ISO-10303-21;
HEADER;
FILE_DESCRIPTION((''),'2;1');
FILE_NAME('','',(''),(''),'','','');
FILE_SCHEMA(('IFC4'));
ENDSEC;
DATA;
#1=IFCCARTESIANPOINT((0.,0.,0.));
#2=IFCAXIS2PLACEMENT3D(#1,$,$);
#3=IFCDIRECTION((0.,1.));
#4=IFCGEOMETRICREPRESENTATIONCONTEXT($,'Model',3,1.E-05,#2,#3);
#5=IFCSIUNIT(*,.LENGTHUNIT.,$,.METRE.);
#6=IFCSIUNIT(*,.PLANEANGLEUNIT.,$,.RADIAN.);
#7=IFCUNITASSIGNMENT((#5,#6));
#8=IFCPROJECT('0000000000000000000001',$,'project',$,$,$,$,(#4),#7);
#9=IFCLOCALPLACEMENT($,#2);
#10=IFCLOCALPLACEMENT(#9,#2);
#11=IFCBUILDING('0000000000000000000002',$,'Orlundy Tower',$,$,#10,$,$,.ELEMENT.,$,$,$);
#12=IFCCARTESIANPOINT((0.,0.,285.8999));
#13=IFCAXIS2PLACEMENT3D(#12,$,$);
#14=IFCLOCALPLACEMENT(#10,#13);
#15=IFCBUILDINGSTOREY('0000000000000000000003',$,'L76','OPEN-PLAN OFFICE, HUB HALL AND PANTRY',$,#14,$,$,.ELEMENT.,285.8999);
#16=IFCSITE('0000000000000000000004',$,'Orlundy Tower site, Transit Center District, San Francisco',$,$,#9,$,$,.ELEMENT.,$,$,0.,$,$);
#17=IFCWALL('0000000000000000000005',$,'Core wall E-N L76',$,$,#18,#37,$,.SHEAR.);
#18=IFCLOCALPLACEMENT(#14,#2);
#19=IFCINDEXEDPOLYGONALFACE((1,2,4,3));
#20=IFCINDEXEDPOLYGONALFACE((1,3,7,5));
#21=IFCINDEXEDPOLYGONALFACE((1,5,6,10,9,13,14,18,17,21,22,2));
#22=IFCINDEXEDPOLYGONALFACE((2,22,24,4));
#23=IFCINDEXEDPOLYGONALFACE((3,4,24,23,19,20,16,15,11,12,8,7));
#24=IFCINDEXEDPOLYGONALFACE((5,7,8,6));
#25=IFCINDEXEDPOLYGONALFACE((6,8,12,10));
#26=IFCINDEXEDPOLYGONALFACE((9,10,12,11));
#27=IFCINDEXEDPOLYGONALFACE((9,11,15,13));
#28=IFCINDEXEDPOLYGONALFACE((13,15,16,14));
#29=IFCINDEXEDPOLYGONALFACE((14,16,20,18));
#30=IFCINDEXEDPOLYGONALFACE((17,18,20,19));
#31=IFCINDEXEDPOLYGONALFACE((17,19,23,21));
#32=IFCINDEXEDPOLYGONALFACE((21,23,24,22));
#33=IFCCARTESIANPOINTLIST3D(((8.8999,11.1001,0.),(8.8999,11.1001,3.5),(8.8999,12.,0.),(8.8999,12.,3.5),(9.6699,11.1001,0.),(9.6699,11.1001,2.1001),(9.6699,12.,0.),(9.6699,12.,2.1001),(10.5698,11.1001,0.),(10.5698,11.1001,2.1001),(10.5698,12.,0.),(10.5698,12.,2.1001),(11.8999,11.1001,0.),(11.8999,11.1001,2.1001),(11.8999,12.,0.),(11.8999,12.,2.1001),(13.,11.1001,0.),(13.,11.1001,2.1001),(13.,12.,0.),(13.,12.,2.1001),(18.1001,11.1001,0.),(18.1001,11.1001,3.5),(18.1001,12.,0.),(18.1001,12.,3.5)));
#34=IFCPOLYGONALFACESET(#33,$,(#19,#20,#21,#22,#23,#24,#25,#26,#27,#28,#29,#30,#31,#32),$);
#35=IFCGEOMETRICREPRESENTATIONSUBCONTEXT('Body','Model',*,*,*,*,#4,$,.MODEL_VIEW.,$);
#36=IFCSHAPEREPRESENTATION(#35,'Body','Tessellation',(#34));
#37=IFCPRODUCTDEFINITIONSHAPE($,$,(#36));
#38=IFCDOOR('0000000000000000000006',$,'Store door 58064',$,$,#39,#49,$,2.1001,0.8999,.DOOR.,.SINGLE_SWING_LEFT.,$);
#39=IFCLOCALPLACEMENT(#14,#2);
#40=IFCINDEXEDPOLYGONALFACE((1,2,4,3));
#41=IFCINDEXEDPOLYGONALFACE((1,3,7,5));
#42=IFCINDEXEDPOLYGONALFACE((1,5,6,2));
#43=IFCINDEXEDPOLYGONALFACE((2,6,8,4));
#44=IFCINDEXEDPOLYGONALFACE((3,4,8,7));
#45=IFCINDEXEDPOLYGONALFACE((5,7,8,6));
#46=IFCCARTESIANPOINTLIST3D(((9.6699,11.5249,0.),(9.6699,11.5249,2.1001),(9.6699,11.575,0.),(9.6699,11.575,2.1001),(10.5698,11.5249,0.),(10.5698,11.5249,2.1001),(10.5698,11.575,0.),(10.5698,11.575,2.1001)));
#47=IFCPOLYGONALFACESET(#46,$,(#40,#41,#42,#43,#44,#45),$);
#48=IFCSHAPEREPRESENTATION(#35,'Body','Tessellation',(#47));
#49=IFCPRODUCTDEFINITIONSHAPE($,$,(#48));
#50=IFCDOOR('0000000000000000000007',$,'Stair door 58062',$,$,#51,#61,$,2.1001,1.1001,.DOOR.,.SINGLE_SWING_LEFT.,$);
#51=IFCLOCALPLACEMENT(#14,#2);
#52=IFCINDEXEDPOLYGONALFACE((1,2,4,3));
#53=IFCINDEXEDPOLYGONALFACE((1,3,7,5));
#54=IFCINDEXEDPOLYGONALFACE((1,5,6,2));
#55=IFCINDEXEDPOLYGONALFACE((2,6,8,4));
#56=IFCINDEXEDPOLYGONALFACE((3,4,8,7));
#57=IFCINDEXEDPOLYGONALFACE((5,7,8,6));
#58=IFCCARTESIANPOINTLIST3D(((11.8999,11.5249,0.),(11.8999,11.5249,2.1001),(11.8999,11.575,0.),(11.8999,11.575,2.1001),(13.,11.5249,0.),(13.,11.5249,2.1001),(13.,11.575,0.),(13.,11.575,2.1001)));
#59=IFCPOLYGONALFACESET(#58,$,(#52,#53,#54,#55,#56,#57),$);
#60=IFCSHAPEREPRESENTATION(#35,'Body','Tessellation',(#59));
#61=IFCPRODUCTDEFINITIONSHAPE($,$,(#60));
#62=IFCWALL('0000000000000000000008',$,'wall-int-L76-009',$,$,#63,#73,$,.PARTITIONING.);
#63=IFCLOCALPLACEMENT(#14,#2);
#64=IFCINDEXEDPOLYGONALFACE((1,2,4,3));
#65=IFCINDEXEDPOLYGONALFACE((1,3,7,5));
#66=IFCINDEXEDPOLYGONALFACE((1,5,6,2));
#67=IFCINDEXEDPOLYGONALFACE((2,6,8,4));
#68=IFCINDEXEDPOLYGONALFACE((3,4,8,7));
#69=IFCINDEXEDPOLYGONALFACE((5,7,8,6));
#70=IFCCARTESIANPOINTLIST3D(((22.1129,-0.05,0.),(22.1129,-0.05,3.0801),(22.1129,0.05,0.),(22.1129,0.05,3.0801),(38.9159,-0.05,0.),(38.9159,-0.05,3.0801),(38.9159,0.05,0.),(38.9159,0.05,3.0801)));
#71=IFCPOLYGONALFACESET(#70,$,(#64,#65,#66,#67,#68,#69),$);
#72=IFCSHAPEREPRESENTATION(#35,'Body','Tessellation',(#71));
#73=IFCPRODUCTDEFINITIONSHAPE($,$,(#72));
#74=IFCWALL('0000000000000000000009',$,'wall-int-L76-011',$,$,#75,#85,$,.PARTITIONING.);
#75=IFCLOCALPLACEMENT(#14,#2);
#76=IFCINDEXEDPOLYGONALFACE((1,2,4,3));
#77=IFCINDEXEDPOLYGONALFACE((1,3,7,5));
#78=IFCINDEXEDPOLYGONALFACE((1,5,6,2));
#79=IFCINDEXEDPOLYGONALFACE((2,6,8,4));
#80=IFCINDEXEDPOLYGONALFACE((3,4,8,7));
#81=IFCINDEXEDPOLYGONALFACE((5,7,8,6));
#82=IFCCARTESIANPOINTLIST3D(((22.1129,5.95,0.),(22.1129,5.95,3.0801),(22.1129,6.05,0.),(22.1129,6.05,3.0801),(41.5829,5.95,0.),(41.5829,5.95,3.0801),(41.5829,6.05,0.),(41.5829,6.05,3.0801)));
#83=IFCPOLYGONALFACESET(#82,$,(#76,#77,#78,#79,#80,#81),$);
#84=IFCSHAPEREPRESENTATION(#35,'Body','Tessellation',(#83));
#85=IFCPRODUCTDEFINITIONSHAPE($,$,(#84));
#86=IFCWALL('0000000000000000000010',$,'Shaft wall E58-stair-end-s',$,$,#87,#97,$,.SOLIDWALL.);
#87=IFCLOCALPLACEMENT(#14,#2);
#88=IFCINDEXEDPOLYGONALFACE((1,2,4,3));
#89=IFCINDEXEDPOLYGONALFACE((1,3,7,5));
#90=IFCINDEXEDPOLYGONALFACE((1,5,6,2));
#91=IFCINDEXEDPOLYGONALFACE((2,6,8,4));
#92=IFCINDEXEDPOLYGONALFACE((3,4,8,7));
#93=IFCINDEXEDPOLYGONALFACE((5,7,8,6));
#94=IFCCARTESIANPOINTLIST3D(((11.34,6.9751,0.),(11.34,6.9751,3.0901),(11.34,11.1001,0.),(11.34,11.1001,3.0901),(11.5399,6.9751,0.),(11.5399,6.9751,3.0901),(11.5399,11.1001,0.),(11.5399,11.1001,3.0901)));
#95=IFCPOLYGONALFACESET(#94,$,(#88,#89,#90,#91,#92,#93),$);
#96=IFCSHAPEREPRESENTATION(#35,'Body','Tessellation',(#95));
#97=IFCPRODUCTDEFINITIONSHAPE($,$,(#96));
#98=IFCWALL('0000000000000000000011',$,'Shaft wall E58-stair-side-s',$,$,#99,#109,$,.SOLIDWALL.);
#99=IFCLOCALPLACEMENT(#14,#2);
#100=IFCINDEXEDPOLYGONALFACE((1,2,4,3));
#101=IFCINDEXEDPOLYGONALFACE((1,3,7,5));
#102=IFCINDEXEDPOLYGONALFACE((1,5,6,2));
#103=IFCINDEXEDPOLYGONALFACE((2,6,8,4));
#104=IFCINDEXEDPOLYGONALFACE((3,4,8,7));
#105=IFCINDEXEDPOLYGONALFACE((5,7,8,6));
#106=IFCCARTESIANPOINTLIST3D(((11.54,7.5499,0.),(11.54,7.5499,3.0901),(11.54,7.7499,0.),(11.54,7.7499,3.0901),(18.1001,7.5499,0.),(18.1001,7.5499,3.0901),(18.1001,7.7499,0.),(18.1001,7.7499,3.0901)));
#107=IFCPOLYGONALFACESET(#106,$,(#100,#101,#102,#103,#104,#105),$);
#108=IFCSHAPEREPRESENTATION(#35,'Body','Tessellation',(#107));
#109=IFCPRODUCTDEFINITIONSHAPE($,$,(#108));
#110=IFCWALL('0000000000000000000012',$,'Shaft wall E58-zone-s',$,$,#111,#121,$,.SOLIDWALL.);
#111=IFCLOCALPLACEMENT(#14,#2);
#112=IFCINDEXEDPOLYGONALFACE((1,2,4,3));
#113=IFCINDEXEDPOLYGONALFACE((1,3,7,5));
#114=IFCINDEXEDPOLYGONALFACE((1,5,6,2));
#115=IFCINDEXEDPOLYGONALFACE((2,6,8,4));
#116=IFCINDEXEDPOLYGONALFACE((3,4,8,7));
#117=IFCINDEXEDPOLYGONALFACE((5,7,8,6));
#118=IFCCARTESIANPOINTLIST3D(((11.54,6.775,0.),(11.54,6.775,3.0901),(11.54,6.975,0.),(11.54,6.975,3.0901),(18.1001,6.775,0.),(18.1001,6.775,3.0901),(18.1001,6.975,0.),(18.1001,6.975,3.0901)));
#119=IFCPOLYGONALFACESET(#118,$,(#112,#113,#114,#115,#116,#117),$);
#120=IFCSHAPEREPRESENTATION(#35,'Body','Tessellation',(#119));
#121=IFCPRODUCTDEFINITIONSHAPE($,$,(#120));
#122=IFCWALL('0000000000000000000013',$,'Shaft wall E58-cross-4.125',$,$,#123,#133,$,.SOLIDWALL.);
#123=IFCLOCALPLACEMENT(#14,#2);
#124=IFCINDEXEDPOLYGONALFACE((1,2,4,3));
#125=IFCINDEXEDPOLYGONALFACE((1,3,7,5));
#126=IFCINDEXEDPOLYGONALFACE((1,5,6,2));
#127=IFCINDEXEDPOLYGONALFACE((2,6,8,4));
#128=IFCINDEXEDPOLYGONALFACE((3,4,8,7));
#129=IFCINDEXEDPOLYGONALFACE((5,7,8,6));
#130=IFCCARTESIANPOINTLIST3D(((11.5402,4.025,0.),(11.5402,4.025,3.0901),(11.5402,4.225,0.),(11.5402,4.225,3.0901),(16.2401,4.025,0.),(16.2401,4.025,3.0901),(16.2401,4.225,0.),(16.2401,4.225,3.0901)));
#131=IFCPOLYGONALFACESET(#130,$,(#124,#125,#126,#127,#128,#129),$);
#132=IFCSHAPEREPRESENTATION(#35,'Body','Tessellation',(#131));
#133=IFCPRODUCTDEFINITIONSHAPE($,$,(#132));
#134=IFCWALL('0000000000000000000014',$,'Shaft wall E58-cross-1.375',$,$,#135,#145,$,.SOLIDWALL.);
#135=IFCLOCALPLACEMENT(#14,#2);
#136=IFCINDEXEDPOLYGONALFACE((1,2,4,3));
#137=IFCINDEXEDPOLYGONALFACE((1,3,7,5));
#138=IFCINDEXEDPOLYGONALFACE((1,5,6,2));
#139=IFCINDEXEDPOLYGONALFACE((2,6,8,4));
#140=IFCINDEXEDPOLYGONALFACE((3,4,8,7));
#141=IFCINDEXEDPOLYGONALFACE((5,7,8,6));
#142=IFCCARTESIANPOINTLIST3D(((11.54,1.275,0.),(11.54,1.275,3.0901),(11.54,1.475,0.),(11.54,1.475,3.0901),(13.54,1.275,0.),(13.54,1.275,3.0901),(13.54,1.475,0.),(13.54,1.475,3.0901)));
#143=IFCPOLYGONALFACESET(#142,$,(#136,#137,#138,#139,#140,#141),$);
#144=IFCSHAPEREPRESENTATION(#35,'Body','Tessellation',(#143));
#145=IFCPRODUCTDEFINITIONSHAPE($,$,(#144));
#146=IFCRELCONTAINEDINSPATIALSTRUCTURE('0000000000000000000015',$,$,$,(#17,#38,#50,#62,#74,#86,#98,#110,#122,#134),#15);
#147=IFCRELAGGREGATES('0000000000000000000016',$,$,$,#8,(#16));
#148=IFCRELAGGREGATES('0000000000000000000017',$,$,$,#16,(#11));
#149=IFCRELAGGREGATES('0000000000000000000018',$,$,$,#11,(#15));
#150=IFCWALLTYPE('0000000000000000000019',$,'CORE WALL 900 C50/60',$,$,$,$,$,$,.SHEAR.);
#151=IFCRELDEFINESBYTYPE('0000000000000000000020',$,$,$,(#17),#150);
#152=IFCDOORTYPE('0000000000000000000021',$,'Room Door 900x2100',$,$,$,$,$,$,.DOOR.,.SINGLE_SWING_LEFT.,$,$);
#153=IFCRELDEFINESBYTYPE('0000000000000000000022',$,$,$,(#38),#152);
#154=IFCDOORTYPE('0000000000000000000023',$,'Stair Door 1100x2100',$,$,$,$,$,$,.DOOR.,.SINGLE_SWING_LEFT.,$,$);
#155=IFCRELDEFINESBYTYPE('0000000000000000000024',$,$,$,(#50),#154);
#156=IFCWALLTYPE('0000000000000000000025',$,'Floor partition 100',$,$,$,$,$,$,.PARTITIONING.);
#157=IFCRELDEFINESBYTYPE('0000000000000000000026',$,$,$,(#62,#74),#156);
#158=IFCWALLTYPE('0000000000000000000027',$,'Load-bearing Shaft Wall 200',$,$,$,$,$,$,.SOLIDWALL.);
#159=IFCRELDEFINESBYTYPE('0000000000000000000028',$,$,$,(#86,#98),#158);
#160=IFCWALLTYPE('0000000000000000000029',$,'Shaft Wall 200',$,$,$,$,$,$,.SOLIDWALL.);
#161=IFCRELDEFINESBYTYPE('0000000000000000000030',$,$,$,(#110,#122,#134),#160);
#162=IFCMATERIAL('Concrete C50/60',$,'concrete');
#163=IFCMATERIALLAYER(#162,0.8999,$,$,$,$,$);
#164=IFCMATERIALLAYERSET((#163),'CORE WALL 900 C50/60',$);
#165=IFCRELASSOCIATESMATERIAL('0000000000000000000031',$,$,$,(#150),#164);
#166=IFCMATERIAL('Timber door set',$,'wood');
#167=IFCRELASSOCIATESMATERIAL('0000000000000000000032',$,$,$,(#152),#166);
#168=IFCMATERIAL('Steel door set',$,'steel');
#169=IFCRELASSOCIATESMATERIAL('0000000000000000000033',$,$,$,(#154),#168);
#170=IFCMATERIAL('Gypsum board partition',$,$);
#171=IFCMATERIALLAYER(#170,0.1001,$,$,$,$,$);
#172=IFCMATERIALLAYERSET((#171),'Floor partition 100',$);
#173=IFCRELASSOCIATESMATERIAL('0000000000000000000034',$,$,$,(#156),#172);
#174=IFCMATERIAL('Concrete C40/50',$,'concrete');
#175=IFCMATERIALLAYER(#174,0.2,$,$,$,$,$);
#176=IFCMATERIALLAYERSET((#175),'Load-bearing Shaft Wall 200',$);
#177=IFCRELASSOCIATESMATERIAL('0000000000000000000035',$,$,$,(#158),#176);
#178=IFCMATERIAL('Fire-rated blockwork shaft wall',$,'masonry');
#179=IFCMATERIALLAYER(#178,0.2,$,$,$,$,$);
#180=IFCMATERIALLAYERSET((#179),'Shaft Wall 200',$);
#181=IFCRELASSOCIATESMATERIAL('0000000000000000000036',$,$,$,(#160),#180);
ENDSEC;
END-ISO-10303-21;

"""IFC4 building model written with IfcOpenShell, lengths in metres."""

from ifc_helpers import new_model, si_unit, direction, frame, frame_2d, origin, place, context, subcontext, project, spatial, rectangle, extrude, material, layer, layer_set, type_object, element, fill, save


model = new_model("IFC4")

# Units and contexts
model_context = context("Model", 3, precision=1e-05, world=origin(), true_north=direction((0.0, 1.0)))
body_context = subcontext(model_context, "Body", "Model", "MODEL_VIEW")
ifc_project = project(units=[si_unit("LENGTHUNIT", "METRE"), si_unit("PLANEANGLEUNIT", "RADIAN")], contexts=[model_context])

# Site, building, storey
site_placement = place(None, origin())
site = spatial("IfcSite", under=ifc_project, at=site_placement, Name="Orlundy Tower site, Transit Center District, San Francisco", CompositionType="ELEMENT", RefElevation=0.0)
building_placement = place(site_placement, origin())
building = spatial("IfcBuilding", under=site, at=building_placement, Name="Orlundy Tower", CompositionType="ELEMENT")
storey_placement = place(building_placement, frame((0.0, 0.0, 285.8999)))
storey = spatial("IfcBuildingStorey", under=building, at=storey_placement, Name="L76", Description="OPEN-PLAN OFFICE, HUB HALL AND PANTRY", CompositionType="ELEMENT", Elevation=285.8999)

# Wall, openings, doors
ifc_material_1 = material(Name="Concrete C50/60", Category="concrete")
ifc_layer_1 = layer(ifc_material_1, 0.8999)
ifc_layer_set_1 = layer_set([ifc_layer_1], Name="CORE WALL 900 C50/60")
wall_type_1 = type_object("IfcWallType", Name="CORE WALL 900 C50/60", PredefinedType="SHEAR", material=ifc_layer_set_1)
wall_1_placement = place(storey_placement, frame((8.8999, 11.55, 0.0), z_axis=(0.0, 0.0, 1.0), x_axis=(1.0, 0.0, 0.0)))
wall_1 = element("IfcWall", 1, at=wall_1_placement, inside=storey, type_object=wall_type_1, Name="Core wall E-N L76", PredefinedType="SHEAR", context=body_context, shape_type="SweptSolid", body=[
    extrude(rectangle(XDim=9.2002, YDim=0.8999, at=frame_2d((4.6001, 0.0))), origin(), (0.0, 0.0, 1.0), 3.5),
])
opening_1_placement = place(wall_1_placement, frame((3.0, 0.0, 0.0)))
opening_1 = element("IfcOpeningElement", 2, at=opening_1_placement, cuts=wall_1, PredefinedType="OPENING", context=body_context, shape_type="SweptSolid", body=[
    extrude(rectangle(XDim=1.1001, YDim=2.1001, at=frame_2d((0.55, 1.05))), frame((0.0, 0.46, 0.0), z_axis=(0.0, -1.0, 0.0), x_axis=(1.0, 0.0, 0.0)), (0.0, 0.0, 1.0), 0.9199),
])
opening_2_placement = place(wall_1_placement, frame((0.77, 0.0, 0.0)))
opening_2 = element("IfcOpeningElement", 3, at=opening_2_placement, cuts=wall_1, PredefinedType="OPENING", context=body_context, shape_type="SweptSolid", body=[
    extrude(rectangle(XDim=0.8999, YDim=2.1001, at=frame_2d((0.45, 1.05))), frame((0.0, 0.46, 0.0), z_axis=(0.0, -1.0, 0.0), x_axis=(1.0, 0.0, 0.0)), (0.0, 0.0, 1.0), 0.9199),
])
ifc_material_2 = material(Name="Timber door set", Category="wood")
door_type_1 = type_object("IfcDoorType", Name="Room Door 900x2100", OperationType="SINGLE_SWING_LEFT", PredefinedType="DOOR", material=ifc_material_2)
door_1_placement = place(opening_2_placement, origin())
door_1 = element("IfcDoor", 4, at=door_1_placement, inside=storey, type_object=door_type_1, Name="Store door 58064", OperationType="SINGLE_SWING_LEFT", OverallHeight=2.1001, OverallWidth=0.8999, PredefinedType="DOOR", context=body_context, shape_type="SweptSolid", body=[
    extrude(rectangle(XDim=0.8999, YDim=2.1001, at=frame_2d((0.45, 1.05))), frame((0.0, 0.0249, 0.0), z_axis=(0.0, -1.0, 0.0), x_axis=(1.0, 0.0, 0.0)), (0.0, 0.0, 1.0), 0.05),
])
fill(opening_2, door_1)
ifc_material_3 = material(Name="Steel door set", Category="steel")
door_type_2 = type_object("IfcDoorType", Name="Stair Door 1100x2100", OperationType="SINGLE_SWING_LEFT", PredefinedType="DOOR", material=ifc_material_3)
door_2_placement = place(opening_1_placement, origin())
door_2 = element("IfcDoor", 5, at=door_2_placement, inside=storey, type_object=door_type_2, Name="Stair door 58062", OperationType="SINGLE_SWING_LEFT", OverallHeight=2.1001, OverallWidth=1.1001, PredefinedType="DOOR", context=body_context, shape_type="SweptSolid", body=[
    extrude(rectangle(XDim=1.1001, YDim=2.1001, at=frame_2d((0.55, 1.05))), frame((0.0, 0.0249, 0.0), z_axis=(0.0, -1.0, 0.0), x_axis=(1.0, 0.0, 0.0)), (0.0, 0.0, 1.0), 0.05),
])
fill(opening_1, door_2)

# Walls
ifc_material_4 = material(Name="Gypsum board partition")
ifc_layer_2 = layer(ifc_material_4, 0.1001)
ifc_layer_set_2 = layer_set([ifc_layer_2], Name="Floor partition 100")
wall_type_2 = type_object("IfcWallType", Name="Floor partition 100", PredefinedType="PARTITIONING", material=ifc_layer_set_2)
wall_2_placement = place(storey_placement, frame((22.113, 0.0, 0.0), z_axis=(0.0, 0.0, 1.0), x_axis=(1.0, 0.0, 0.0)))
element("IfcWall", 6, at=wall_2_placement, inside=storey, type_object=wall_type_2, Name="wall-int-L76-009", PredefinedType="PARTITIONING", context=body_context, shape_type="SweptSolid", body=[
    extrude(rectangle(XDim=16.803, YDim=0.1001, at=frame_2d((8.4014, 0.0))), origin(), (0.0, 0.0, 1.0), 3.0801),
])
wall_3_placement = place(storey_placement, frame((22.113, 6.0, 0.0), z_axis=(0.0, 0.0, 1.0), x_axis=(1.0, 0.0, 0.0)))
element("IfcWall", 7, at=wall_3_placement, inside=storey, type_object=wall_type_2, Name="wall-int-L76-011", PredefinedType="PARTITIONING", context=body_context, shape_type="SweptSolid", body=[
    extrude(rectangle(XDim=19.47, YDim=0.1001, at=frame_2d((9.7349, 0.0))), origin(), (0.0, 0.0, 1.0), 3.0801),
])
ifc_material_5 = material(Name="Concrete C40/50", Category="concrete")
ifc_layer_3 = layer(ifc_material_5, 0.2)
ifc_layer_set_3 = layer_set([ifc_layer_3], Name="Load-bearing Shaft Wall 200")
wall_type_3 = type_object("IfcWallType", Name="Load-bearing Shaft Wall 200", PredefinedType="SOLIDWALL", material=ifc_layer_set_3)
wall_4_placement = place(storey_placement, frame((11.4399, 11.1001, 0.0), z_axis=(0.0, 0.0, 1.0), x_axis=(0.0, -1.0, 0.0)))
element("IfcWall", 8, at=wall_4_placement, inside=storey, type_object=wall_type_3, Name="Shaft wall E58-stair-end-s", PredefinedType="SOLIDWALL", context=body_context, shape_type="SweptSolid", body=[
    extrude(rectangle(XDim=4.125, YDim=0.2, at=frame_2d((2.0625, 0.0))), origin(), (0.0, 0.0, 1.0), 3.0901),
])
wall_5_placement = place(storey_placement, frame((11.54, 7.6499, 0.0), z_axis=(0.0, 0.0, 1.0), x_axis=(1.0, 0.0, 0.0)))
element("IfcWall", 9, at=wall_5_placement, inside=storey, type_object=wall_type_3, Name="Shaft wall E58-stair-side-s", PredefinedType="SOLIDWALL", context=body_context, shape_type="SweptSolid", body=[
    extrude(rectangle(XDim=6.5601, YDim=0.2, at=frame_2d((3.28, 0.0))), origin(), (0.0, 0.0, 1.0), 3.0901),
])
ifc_material_6 = material(Name="Fire-rated blockwork shaft wall", Category="masonry")
ifc_layer_4 = layer(ifc_material_6, 0.2)
ifc_layer_set_4 = layer_set([ifc_layer_4], Name="Shaft Wall 200")
wall_type_4 = type_object("IfcWallType", Name="Shaft Wall 200", PredefinedType="SOLIDWALL", material=ifc_layer_set_4)
wall_6_placement = place(storey_placement, frame((11.54, 6.875, 0.0), z_axis=(0.0, 0.0, 1.0), x_axis=(1.0, 0.0, 0.0)))
element("IfcWall", 10, at=wall_6_placement, inside=storey, type_object=wall_type_4, Name="Shaft wall E58-zone-s", PredefinedType="SOLIDWALL", context=body_context, shape_type="SweptSolid", body=[
    extrude(rectangle(XDim=6.5601, YDim=0.2, at=frame_2d((3.28, 0.0))), origin(), (0.0, 0.0, 1.0), 3.0901),
])
wall_7_placement = place(storey_placement, frame((11.54, 4.125, 0.0), z_axis=(0.0, 0.0, 1.0), x_axis=(1.0, 0.0, 0.0)))
element("IfcWall", 11, at=wall_7_placement, inside=storey, type_object=wall_type_4, Name="Shaft wall E58-cross-4.125", PredefinedType="SOLIDWALL", context=body_context, shape_type="SweptSolid", body=[
    extrude(rectangle(XDim=4.7, YDim=0.2, at=frame_2d((2.3501, 0.0))), origin(), (0.0, 0.0, 1.0), 3.0901),
])
wall_8_placement = place(storey_placement, frame((11.54, 1.375, 0.0), z_axis=(0.0, 0.0, 1.0), x_axis=(1.0, 0.0, 0.0)))
element("IfcWall", 12, at=wall_8_placement, inside=storey, type_object=wall_type_4, Name="Shaft wall E58-cross-1.375", PredefinedType="SOLIDWALL", context=body_context, shape_type="SweptSolid", body=[
    extrude(rectangle(XDim=2.0, YDim=0.2, at=frame_2d((1.0, 0.0))), origin(), (0.0, 0.0, 1.0), 3.0901),
])

save(model, "model.ifc")
